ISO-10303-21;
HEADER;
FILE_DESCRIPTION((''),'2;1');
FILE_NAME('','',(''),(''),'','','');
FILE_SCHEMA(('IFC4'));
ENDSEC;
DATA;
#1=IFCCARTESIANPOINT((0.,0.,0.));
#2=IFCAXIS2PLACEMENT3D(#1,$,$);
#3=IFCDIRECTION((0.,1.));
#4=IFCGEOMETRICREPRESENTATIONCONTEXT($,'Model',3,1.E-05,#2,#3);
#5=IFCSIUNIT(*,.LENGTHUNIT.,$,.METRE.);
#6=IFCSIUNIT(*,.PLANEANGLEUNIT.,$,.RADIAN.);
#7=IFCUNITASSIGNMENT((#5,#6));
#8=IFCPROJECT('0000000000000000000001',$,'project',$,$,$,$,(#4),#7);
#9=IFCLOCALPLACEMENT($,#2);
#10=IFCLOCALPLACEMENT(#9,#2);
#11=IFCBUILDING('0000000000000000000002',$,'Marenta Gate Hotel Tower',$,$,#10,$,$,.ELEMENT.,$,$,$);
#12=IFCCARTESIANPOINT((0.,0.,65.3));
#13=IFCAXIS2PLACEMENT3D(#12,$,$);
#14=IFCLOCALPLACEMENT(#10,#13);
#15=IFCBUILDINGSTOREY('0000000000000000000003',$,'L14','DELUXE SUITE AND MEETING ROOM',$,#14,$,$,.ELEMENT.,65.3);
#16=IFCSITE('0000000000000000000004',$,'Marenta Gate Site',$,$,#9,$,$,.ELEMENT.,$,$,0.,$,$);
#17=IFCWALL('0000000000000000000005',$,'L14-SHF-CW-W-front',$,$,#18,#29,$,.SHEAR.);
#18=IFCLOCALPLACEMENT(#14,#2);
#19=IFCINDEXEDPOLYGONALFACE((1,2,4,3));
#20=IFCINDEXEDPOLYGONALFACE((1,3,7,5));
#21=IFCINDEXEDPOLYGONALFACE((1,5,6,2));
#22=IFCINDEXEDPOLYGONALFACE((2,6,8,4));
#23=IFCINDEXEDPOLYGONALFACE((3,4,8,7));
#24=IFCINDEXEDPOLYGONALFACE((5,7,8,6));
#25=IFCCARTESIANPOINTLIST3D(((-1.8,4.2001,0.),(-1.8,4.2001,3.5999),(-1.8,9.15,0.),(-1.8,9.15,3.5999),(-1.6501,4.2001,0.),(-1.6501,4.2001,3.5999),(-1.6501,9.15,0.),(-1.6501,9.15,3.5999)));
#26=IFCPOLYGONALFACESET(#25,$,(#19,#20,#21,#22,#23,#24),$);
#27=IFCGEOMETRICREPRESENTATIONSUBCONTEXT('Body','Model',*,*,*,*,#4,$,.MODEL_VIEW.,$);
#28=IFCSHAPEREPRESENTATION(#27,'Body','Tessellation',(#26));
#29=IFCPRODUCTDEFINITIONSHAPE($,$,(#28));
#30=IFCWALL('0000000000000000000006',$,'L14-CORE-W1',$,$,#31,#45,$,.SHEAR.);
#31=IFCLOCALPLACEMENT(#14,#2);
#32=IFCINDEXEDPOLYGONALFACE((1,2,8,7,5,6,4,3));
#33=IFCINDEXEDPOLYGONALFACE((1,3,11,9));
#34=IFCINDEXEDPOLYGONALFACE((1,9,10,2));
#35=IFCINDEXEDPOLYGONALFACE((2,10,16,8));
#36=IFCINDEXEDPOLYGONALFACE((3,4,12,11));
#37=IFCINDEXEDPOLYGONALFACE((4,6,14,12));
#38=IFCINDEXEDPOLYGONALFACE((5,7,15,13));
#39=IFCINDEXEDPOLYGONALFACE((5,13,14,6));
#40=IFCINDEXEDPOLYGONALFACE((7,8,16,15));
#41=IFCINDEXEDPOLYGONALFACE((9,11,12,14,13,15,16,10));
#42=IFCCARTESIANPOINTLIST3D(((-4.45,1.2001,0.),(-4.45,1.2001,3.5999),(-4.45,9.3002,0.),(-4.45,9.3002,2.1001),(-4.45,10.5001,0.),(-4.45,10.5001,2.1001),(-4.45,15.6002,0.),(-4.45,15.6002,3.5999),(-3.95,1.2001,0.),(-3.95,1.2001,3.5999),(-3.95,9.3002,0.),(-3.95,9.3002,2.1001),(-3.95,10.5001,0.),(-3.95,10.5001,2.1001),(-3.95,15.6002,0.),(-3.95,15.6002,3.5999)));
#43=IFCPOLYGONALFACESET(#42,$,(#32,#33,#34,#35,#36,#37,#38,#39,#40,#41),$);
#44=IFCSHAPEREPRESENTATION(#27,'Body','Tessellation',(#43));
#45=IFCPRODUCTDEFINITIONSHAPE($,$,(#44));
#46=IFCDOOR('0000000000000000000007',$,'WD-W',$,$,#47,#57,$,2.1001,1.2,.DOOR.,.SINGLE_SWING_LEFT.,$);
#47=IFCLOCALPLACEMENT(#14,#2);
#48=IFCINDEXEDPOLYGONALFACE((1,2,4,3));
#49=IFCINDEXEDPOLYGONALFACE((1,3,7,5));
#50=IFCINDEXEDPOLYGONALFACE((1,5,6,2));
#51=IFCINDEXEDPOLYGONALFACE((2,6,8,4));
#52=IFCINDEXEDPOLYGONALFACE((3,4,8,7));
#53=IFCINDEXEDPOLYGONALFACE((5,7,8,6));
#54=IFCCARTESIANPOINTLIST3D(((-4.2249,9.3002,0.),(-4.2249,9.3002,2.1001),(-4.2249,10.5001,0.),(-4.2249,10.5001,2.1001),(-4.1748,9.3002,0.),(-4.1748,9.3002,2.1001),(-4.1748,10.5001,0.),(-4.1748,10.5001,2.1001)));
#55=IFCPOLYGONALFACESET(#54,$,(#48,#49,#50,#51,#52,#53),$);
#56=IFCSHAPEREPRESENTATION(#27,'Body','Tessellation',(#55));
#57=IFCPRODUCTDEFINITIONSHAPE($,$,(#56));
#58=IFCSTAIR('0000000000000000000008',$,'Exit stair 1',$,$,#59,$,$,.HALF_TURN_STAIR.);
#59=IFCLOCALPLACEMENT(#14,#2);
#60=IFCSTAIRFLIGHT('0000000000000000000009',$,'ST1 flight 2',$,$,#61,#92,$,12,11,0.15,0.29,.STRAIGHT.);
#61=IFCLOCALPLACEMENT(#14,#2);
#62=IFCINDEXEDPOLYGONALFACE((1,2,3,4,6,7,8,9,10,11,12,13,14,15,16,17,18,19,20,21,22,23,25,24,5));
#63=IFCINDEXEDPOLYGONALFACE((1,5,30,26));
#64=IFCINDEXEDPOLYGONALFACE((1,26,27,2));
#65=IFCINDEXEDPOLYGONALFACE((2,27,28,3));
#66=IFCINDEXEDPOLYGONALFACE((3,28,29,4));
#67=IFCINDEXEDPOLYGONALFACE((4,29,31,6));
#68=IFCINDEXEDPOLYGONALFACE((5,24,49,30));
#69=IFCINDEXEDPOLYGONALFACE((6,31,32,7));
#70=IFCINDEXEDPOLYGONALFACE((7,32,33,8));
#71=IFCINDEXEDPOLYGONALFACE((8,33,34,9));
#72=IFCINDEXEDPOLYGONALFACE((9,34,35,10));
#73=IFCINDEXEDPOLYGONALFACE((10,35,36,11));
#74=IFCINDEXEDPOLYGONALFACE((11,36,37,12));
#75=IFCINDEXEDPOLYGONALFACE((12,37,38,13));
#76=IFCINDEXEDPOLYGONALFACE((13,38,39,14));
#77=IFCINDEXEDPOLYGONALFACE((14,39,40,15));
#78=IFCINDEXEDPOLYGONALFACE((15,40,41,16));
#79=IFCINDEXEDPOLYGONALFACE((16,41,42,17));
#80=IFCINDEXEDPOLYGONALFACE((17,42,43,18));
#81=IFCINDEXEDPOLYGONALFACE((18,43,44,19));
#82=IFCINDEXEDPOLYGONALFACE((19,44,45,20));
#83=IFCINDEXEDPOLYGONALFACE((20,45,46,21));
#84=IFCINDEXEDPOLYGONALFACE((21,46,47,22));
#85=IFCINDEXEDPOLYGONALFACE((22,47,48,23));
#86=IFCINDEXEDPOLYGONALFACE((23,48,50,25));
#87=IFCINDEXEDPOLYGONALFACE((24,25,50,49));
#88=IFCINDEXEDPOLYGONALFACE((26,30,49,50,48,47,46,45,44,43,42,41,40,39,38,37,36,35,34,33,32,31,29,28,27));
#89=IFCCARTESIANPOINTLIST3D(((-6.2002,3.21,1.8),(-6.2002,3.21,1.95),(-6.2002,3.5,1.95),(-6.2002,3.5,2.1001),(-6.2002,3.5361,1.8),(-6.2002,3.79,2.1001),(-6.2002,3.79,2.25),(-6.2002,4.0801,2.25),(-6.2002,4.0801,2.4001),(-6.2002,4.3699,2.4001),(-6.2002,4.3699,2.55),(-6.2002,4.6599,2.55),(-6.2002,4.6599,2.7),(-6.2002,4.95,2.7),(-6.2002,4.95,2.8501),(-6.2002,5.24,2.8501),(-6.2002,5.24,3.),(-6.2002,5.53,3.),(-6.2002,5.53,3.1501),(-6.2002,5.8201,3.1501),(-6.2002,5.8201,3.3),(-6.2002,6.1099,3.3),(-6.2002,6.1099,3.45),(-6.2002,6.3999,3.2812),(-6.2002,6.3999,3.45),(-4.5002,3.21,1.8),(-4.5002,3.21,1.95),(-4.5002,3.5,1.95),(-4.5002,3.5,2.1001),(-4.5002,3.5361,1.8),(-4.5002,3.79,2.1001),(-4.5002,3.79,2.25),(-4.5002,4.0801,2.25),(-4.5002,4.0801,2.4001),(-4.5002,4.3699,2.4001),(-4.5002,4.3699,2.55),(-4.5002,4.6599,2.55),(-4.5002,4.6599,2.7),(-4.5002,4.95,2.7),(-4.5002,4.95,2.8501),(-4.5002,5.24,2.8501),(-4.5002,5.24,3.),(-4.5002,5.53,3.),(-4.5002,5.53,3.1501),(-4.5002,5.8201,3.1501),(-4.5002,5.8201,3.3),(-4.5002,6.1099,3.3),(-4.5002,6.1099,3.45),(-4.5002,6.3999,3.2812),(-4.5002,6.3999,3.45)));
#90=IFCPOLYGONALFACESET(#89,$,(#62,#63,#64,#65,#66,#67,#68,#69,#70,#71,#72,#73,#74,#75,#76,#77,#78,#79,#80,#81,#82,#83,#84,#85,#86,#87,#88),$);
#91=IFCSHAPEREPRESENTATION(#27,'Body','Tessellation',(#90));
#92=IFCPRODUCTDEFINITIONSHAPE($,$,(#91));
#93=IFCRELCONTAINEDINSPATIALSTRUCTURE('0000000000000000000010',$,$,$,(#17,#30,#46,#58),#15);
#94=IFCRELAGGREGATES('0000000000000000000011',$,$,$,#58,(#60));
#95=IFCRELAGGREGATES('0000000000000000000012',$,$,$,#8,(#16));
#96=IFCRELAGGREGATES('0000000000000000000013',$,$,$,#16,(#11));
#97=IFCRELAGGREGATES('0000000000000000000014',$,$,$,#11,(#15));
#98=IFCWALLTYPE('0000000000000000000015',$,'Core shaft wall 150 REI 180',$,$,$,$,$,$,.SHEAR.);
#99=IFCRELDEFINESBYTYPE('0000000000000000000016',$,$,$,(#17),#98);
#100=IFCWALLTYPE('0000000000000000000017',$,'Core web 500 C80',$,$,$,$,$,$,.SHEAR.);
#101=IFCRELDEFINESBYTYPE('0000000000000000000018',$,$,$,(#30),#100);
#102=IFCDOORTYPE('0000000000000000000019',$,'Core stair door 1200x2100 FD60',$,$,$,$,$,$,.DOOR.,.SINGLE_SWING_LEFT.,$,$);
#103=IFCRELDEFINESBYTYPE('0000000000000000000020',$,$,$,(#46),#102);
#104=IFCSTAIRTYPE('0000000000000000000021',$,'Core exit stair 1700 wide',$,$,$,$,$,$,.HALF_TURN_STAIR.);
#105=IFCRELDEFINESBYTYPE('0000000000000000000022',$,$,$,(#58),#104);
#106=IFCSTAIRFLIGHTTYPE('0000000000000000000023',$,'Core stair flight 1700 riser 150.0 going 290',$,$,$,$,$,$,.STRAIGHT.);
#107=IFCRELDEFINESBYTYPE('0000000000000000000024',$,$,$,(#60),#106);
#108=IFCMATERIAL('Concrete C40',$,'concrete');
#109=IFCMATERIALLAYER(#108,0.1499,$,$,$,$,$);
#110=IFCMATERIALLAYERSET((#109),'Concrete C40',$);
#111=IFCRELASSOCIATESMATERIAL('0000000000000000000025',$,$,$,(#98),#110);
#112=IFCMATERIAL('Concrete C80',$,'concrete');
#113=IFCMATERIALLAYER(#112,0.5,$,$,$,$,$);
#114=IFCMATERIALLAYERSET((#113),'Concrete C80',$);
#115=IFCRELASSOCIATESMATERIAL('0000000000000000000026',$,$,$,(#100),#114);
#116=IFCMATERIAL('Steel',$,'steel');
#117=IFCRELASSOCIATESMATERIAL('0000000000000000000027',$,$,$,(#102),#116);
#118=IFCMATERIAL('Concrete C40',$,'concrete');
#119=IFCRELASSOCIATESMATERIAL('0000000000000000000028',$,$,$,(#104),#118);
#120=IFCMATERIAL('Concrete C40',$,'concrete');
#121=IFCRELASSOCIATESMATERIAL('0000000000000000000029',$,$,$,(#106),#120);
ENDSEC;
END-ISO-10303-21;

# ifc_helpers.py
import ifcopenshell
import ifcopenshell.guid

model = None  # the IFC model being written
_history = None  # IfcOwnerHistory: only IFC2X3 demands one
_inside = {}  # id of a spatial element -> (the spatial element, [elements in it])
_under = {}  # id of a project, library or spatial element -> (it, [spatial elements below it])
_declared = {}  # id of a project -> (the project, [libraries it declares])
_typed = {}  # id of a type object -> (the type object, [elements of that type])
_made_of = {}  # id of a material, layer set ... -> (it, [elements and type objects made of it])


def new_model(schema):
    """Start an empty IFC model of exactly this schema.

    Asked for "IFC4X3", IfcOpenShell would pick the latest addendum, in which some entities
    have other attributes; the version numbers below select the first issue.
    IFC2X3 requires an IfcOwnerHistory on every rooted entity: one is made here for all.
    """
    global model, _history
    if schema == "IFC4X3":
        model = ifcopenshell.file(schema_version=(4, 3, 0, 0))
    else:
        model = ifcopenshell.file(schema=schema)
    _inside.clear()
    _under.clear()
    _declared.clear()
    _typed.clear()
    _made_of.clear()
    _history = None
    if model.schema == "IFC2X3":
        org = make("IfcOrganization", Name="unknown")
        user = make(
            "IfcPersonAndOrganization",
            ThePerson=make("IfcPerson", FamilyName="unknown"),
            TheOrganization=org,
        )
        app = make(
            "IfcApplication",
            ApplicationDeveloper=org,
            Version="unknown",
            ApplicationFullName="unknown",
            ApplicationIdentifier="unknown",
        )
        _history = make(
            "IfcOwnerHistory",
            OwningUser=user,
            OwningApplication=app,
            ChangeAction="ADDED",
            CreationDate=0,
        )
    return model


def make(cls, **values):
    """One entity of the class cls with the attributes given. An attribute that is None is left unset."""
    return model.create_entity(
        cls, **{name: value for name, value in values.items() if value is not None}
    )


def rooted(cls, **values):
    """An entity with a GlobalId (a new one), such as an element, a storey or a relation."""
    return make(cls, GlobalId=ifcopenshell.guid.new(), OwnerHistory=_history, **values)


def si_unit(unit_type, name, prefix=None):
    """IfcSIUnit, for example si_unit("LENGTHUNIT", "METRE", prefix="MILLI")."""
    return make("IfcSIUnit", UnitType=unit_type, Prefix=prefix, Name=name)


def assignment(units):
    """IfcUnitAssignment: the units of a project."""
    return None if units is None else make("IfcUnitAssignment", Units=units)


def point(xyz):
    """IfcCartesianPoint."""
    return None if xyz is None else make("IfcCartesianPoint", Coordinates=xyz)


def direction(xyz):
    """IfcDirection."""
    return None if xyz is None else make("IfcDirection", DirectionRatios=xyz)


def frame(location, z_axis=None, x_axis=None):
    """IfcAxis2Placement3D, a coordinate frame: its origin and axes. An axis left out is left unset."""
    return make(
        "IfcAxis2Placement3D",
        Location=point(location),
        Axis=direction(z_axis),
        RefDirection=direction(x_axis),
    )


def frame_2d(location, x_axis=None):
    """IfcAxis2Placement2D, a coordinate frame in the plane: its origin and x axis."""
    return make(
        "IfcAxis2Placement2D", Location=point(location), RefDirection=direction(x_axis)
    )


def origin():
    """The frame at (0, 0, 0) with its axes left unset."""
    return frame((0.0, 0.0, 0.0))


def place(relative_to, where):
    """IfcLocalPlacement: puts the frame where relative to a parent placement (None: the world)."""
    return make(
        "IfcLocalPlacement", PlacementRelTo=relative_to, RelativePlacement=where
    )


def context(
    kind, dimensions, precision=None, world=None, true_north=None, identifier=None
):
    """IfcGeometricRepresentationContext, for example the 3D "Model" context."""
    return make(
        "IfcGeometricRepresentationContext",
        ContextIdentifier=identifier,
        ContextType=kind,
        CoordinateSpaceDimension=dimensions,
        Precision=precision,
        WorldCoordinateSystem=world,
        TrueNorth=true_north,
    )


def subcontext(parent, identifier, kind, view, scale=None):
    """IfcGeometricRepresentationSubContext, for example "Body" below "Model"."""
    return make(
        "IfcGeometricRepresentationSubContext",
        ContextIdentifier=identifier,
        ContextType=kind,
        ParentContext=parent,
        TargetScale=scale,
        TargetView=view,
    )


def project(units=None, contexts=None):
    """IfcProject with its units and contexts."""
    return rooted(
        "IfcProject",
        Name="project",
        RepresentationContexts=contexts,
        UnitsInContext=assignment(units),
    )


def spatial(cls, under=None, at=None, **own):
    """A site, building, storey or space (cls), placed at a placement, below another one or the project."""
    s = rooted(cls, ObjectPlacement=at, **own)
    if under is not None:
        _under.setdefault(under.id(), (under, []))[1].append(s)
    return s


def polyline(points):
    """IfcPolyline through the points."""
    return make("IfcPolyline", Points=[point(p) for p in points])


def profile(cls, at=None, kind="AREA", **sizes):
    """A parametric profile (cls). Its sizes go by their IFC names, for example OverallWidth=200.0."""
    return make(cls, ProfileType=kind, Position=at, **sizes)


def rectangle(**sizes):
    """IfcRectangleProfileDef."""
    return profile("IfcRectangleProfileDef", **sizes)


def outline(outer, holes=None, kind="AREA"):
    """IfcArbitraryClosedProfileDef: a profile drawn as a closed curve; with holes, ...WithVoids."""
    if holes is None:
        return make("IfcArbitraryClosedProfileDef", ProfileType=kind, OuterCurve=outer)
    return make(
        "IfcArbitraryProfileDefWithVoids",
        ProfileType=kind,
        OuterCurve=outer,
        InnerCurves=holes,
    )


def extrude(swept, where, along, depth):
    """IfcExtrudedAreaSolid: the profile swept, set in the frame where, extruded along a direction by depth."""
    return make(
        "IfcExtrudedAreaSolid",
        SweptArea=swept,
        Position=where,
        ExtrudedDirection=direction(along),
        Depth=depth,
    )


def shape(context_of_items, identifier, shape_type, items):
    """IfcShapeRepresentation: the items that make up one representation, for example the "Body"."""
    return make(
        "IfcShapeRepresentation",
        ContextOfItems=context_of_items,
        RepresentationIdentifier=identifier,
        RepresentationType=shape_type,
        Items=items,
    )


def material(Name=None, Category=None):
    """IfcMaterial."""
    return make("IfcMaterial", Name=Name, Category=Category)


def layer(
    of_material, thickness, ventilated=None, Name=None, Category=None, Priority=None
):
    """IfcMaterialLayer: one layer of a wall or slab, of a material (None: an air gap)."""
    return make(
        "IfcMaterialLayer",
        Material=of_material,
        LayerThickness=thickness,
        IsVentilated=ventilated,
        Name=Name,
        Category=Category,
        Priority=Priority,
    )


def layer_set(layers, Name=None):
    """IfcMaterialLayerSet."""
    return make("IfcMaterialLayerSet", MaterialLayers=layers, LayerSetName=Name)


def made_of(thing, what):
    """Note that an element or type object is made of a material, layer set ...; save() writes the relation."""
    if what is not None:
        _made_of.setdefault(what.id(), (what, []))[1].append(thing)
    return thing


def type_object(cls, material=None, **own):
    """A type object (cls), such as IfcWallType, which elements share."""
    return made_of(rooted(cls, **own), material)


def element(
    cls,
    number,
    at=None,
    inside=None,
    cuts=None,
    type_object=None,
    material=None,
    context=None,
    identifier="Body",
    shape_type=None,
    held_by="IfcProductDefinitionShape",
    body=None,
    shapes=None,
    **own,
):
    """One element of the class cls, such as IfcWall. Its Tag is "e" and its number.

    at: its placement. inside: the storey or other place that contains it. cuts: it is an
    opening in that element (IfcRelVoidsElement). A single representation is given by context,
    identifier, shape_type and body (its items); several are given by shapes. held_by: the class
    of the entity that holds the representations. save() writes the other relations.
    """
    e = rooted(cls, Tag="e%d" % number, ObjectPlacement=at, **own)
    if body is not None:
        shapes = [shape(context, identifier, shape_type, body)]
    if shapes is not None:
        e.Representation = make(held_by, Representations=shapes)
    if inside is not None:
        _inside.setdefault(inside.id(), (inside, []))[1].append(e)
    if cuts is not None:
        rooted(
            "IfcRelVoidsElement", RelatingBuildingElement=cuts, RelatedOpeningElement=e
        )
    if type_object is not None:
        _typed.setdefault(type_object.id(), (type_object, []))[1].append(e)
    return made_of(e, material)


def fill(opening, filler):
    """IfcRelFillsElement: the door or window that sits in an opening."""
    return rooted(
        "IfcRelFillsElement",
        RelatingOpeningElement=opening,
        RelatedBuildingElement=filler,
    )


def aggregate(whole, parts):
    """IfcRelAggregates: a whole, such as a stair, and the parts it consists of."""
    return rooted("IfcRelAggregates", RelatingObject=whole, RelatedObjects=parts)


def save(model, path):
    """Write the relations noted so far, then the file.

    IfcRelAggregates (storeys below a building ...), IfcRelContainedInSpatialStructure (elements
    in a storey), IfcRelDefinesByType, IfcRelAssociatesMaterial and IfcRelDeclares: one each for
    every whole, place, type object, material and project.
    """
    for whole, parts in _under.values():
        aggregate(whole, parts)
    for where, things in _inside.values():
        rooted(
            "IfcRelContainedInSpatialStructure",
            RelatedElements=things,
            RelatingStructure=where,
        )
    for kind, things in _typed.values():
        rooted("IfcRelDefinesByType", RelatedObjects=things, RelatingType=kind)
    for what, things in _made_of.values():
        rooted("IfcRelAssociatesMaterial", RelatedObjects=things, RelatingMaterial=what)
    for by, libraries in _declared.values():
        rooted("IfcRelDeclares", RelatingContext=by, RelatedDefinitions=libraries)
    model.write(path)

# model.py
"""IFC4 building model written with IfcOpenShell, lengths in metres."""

from ifc_helpers import new_model, si_unit, direction, frame, frame_2d, origin, place, context, subcontext, project, spatial, polyline, rectangle, outline, extrude, material, layer, layer_set, type_object, element, fill, aggregate, save


model = new_model("IFC4")

# Units and contexts
model_context = context("Model", 3, precision=1e-05, world=origin(), true_north=direction((0.0, 1.0)))
body_context = subcontext(model_context, "Body", "Model", "MODEL_VIEW")
ifc_project = project(units=[si_unit("LENGTHUNIT", "METRE"), si_unit("PLANEANGLEUNIT", "RADIAN")], contexts=[model_context])

# Site, building, storey
site_placement = place(None, origin())
site = spatial("IfcSite", under=ifc_project, at=site_placement, Name="Marenta Gate Site", CompositionType="ELEMENT", RefElevation=0.0)
building_placement = place(site_placement, origin())
building = spatial("IfcBuilding", under=site, at=building_placement, Name="Marenta Gate Hotel Tower", CompositionType="ELEMENT")
storey_placement = place(building_placement, frame((0.0, 0.0, 65.3)))
storey = spatial("IfcBuildingStorey", under=building, at=storey_placement, Name="L14", Description="DELUXE SUITE AND MEETING ROOM", CompositionType="ELEMENT", Elevation=65.3)

# Shared definitions
ifc_material_1 = material(Name="Concrete C40", Category="concrete")
ifc_layer_1 = layer(ifc_material_1, 0.1499)
ifc_layer_set_1 = layer_set([ifc_layer_1], Name="Concrete C40")
wall_type_1 = type_object("IfcWallType", Name="Core shaft wall 150 REI 180", PredefinedType="SHEAR", material=ifc_layer_set_1)

# Wall
wall_1_placement = place(storey_placement, frame((-1.7251, 4.2, 0.0), z_axis=(0.0, 0.0, 1.0), x_axis=(0.0, 1.0, 0.0)))
element("IfcWall", 1, at=wall_1_placement, inside=storey, type_object=wall_type_1, Name="L14-SHF-CW-W-front", PredefinedType="SHEAR", context=body_context, shape_type="SweptSolid", body=[
    extrude(rectangle(XDim=4.95, YDim=0.1499, at=frame_2d((2.4751, 0.0))), origin(), (0.0, 0.0, 1.0), 3.5999),
])

# Wall, opening, door
ifc_material_2 = material(Name="Concrete C80", Category="concrete")
ifc_layer_2 = layer(ifc_material_2, 0.5)
ifc_layer_set_2 = layer_set([ifc_layer_2], Name="Concrete C80")
wall_type_2 = type_object("IfcWallType", Name="Core web 500 C80", PredefinedType="SHEAR", material=ifc_layer_set_2)
wall_2_placement = place(storey_placement, frame((-4.2, 1.2, 0.0), z_axis=(0.0, 0.0, 1.0), x_axis=(0.0, 1.0, 0.0)))
wall_2 = element("IfcWall", 2, at=wall_2_placement, inside=storey, type_object=wall_type_2, Name="L14-CORE-W1", PredefinedType="SHEAR", context=body_context, shape_type="SweptSolid", body=[
    extrude(rectangle(XDim=14.4001, YDim=0.5, at=frame_2d((7.2002, 0.0))), origin(), (0.0, 0.0, 1.0), 3.5999),
])
opening_1_placement = place(wall_2_placement, frame((8.1001, 0.0, 0.0)))
opening_1 = element("IfcOpeningElement", 3, at=opening_1_placement, cuts=wall_2, PredefinedType="OPENING", context=body_context, shape_type="SweptSolid", body=[
    extrude(rectangle(XDim=1.2, YDim=2.1001, at=frame_2d((0.6001, 1.05))), frame((0.0, 0.25, 0.0), z_axis=(0.0, -1.0, 0.0), x_axis=(1.0, 0.0, 0.0)), (0.0, 0.0, 1.0), 0.5),
])
ifc_material_3 = material(Name="Steel", Category="steel")
door_type_1 = type_object("IfcDoorType", Name="Core stair door 1200x2100 FD60", OperationType="SINGLE_SWING_LEFT", PredefinedType="DOOR", material=ifc_material_3)
door_1_placement = place(opening_1_placement, origin())
door_1 = element("IfcDoor", 4, at=door_1_placement, inside=storey, type_object=door_type_1, Name="WD-W", OperationType="SINGLE_SWING_LEFT", OverallHeight=2.1001, OverallWidth=1.2, PredefinedType="DOOR", context=body_context, shape_type="SweptSolid", body=[
    extrude(rectangle(XDim=1.2, YDim=2.1001, at=frame_2d((0.6001, 1.05))), frame((0.0, 0.0249, 0.0), z_axis=(0.0, -1.0, 0.0), x_axis=(1.0, 0.0, 0.0)), (0.0, 0.0, 1.0), 0.05),
])
fill(opening_1, door_1)

# Stair, stair flight
ifc_material_4 = material(Name="Concrete C40", Category="concrete")
stair_type = type_object("IfcStairType", Name="Core exit stair 1700 wide", PredefinedType="HALF_TURN_STAIR", material=ifc_material_4)
stair_placement = place(storey_placement, origin())
stair = element("IfcStair", 5, at=stair_placement, inside=storey, type_object=stair_type, Name="Exit stair 1", PredefinedType="HALF_TURN_STAIR")
ifc_material_5 = material(Name="Concrete C40", Category="concrete")
stair_flight_type = type_object("IfcStairFlightType", Name="Core stair flight 1700 riser 150.0 going 290", PredefinedType="STRAIGHT", material=ifc_material_5)
stair_flight_placement = place(storey_placement, frame((-5.3501, 3.21, 1.8), z_axis=(0.0, 0.0, 1.0), x_axis=(0.0, 1.0, 0.0)))
stair_flight = element("IfcStairFlight", 6, at=stair_flight_placement, type_object=stair_flight_type, Name="ST1 flight 2", NumberOfRisers=12, NumberOfTreads=11, PredefinedType="STRAIGHT", RiserHeight=0.15, TreadLength=0.29, context=body_context, shape_type="SweptSolid", body=[
    extrude(outline(polyline([(0.0, 0.0), (0.0, 0.1499), (0.29, 0.1499), (0.29, 0.3), (0.5801, 0.3), (0.5801, 0.45), (0.8701, 0.45), (0.8701, 0.6001), (1.1599, 0.6001), (1.1599, 0.75), (1.45, 0.75), (1.45, 0.8999), (1.74, 0.8999), (1.74, 1.05), (2.03, 1.05), (2.03, 1.2), (2.3201, 1.2), (2.3201, 1.3501), (2.6101, 1.3501), (2.6101, 1.5), (2.8999, 1.5), (2.8999, 1.6499), (3.1899, 1.6499), (3.1899, 1.8), (3.1899, 1.4812), (0.3262, 0.0), (0.0, 0.0)])), frame((0.0, 0.8501, 0.0), z_axis=(0.0, -1.0, 0.0), x_axis=(1.0, 0.0, 0.0)), (0.0, 0.0, 1.0), 1.7),
])
aggregate(stair, [stair_flight])

save(model, "model.ifc")
